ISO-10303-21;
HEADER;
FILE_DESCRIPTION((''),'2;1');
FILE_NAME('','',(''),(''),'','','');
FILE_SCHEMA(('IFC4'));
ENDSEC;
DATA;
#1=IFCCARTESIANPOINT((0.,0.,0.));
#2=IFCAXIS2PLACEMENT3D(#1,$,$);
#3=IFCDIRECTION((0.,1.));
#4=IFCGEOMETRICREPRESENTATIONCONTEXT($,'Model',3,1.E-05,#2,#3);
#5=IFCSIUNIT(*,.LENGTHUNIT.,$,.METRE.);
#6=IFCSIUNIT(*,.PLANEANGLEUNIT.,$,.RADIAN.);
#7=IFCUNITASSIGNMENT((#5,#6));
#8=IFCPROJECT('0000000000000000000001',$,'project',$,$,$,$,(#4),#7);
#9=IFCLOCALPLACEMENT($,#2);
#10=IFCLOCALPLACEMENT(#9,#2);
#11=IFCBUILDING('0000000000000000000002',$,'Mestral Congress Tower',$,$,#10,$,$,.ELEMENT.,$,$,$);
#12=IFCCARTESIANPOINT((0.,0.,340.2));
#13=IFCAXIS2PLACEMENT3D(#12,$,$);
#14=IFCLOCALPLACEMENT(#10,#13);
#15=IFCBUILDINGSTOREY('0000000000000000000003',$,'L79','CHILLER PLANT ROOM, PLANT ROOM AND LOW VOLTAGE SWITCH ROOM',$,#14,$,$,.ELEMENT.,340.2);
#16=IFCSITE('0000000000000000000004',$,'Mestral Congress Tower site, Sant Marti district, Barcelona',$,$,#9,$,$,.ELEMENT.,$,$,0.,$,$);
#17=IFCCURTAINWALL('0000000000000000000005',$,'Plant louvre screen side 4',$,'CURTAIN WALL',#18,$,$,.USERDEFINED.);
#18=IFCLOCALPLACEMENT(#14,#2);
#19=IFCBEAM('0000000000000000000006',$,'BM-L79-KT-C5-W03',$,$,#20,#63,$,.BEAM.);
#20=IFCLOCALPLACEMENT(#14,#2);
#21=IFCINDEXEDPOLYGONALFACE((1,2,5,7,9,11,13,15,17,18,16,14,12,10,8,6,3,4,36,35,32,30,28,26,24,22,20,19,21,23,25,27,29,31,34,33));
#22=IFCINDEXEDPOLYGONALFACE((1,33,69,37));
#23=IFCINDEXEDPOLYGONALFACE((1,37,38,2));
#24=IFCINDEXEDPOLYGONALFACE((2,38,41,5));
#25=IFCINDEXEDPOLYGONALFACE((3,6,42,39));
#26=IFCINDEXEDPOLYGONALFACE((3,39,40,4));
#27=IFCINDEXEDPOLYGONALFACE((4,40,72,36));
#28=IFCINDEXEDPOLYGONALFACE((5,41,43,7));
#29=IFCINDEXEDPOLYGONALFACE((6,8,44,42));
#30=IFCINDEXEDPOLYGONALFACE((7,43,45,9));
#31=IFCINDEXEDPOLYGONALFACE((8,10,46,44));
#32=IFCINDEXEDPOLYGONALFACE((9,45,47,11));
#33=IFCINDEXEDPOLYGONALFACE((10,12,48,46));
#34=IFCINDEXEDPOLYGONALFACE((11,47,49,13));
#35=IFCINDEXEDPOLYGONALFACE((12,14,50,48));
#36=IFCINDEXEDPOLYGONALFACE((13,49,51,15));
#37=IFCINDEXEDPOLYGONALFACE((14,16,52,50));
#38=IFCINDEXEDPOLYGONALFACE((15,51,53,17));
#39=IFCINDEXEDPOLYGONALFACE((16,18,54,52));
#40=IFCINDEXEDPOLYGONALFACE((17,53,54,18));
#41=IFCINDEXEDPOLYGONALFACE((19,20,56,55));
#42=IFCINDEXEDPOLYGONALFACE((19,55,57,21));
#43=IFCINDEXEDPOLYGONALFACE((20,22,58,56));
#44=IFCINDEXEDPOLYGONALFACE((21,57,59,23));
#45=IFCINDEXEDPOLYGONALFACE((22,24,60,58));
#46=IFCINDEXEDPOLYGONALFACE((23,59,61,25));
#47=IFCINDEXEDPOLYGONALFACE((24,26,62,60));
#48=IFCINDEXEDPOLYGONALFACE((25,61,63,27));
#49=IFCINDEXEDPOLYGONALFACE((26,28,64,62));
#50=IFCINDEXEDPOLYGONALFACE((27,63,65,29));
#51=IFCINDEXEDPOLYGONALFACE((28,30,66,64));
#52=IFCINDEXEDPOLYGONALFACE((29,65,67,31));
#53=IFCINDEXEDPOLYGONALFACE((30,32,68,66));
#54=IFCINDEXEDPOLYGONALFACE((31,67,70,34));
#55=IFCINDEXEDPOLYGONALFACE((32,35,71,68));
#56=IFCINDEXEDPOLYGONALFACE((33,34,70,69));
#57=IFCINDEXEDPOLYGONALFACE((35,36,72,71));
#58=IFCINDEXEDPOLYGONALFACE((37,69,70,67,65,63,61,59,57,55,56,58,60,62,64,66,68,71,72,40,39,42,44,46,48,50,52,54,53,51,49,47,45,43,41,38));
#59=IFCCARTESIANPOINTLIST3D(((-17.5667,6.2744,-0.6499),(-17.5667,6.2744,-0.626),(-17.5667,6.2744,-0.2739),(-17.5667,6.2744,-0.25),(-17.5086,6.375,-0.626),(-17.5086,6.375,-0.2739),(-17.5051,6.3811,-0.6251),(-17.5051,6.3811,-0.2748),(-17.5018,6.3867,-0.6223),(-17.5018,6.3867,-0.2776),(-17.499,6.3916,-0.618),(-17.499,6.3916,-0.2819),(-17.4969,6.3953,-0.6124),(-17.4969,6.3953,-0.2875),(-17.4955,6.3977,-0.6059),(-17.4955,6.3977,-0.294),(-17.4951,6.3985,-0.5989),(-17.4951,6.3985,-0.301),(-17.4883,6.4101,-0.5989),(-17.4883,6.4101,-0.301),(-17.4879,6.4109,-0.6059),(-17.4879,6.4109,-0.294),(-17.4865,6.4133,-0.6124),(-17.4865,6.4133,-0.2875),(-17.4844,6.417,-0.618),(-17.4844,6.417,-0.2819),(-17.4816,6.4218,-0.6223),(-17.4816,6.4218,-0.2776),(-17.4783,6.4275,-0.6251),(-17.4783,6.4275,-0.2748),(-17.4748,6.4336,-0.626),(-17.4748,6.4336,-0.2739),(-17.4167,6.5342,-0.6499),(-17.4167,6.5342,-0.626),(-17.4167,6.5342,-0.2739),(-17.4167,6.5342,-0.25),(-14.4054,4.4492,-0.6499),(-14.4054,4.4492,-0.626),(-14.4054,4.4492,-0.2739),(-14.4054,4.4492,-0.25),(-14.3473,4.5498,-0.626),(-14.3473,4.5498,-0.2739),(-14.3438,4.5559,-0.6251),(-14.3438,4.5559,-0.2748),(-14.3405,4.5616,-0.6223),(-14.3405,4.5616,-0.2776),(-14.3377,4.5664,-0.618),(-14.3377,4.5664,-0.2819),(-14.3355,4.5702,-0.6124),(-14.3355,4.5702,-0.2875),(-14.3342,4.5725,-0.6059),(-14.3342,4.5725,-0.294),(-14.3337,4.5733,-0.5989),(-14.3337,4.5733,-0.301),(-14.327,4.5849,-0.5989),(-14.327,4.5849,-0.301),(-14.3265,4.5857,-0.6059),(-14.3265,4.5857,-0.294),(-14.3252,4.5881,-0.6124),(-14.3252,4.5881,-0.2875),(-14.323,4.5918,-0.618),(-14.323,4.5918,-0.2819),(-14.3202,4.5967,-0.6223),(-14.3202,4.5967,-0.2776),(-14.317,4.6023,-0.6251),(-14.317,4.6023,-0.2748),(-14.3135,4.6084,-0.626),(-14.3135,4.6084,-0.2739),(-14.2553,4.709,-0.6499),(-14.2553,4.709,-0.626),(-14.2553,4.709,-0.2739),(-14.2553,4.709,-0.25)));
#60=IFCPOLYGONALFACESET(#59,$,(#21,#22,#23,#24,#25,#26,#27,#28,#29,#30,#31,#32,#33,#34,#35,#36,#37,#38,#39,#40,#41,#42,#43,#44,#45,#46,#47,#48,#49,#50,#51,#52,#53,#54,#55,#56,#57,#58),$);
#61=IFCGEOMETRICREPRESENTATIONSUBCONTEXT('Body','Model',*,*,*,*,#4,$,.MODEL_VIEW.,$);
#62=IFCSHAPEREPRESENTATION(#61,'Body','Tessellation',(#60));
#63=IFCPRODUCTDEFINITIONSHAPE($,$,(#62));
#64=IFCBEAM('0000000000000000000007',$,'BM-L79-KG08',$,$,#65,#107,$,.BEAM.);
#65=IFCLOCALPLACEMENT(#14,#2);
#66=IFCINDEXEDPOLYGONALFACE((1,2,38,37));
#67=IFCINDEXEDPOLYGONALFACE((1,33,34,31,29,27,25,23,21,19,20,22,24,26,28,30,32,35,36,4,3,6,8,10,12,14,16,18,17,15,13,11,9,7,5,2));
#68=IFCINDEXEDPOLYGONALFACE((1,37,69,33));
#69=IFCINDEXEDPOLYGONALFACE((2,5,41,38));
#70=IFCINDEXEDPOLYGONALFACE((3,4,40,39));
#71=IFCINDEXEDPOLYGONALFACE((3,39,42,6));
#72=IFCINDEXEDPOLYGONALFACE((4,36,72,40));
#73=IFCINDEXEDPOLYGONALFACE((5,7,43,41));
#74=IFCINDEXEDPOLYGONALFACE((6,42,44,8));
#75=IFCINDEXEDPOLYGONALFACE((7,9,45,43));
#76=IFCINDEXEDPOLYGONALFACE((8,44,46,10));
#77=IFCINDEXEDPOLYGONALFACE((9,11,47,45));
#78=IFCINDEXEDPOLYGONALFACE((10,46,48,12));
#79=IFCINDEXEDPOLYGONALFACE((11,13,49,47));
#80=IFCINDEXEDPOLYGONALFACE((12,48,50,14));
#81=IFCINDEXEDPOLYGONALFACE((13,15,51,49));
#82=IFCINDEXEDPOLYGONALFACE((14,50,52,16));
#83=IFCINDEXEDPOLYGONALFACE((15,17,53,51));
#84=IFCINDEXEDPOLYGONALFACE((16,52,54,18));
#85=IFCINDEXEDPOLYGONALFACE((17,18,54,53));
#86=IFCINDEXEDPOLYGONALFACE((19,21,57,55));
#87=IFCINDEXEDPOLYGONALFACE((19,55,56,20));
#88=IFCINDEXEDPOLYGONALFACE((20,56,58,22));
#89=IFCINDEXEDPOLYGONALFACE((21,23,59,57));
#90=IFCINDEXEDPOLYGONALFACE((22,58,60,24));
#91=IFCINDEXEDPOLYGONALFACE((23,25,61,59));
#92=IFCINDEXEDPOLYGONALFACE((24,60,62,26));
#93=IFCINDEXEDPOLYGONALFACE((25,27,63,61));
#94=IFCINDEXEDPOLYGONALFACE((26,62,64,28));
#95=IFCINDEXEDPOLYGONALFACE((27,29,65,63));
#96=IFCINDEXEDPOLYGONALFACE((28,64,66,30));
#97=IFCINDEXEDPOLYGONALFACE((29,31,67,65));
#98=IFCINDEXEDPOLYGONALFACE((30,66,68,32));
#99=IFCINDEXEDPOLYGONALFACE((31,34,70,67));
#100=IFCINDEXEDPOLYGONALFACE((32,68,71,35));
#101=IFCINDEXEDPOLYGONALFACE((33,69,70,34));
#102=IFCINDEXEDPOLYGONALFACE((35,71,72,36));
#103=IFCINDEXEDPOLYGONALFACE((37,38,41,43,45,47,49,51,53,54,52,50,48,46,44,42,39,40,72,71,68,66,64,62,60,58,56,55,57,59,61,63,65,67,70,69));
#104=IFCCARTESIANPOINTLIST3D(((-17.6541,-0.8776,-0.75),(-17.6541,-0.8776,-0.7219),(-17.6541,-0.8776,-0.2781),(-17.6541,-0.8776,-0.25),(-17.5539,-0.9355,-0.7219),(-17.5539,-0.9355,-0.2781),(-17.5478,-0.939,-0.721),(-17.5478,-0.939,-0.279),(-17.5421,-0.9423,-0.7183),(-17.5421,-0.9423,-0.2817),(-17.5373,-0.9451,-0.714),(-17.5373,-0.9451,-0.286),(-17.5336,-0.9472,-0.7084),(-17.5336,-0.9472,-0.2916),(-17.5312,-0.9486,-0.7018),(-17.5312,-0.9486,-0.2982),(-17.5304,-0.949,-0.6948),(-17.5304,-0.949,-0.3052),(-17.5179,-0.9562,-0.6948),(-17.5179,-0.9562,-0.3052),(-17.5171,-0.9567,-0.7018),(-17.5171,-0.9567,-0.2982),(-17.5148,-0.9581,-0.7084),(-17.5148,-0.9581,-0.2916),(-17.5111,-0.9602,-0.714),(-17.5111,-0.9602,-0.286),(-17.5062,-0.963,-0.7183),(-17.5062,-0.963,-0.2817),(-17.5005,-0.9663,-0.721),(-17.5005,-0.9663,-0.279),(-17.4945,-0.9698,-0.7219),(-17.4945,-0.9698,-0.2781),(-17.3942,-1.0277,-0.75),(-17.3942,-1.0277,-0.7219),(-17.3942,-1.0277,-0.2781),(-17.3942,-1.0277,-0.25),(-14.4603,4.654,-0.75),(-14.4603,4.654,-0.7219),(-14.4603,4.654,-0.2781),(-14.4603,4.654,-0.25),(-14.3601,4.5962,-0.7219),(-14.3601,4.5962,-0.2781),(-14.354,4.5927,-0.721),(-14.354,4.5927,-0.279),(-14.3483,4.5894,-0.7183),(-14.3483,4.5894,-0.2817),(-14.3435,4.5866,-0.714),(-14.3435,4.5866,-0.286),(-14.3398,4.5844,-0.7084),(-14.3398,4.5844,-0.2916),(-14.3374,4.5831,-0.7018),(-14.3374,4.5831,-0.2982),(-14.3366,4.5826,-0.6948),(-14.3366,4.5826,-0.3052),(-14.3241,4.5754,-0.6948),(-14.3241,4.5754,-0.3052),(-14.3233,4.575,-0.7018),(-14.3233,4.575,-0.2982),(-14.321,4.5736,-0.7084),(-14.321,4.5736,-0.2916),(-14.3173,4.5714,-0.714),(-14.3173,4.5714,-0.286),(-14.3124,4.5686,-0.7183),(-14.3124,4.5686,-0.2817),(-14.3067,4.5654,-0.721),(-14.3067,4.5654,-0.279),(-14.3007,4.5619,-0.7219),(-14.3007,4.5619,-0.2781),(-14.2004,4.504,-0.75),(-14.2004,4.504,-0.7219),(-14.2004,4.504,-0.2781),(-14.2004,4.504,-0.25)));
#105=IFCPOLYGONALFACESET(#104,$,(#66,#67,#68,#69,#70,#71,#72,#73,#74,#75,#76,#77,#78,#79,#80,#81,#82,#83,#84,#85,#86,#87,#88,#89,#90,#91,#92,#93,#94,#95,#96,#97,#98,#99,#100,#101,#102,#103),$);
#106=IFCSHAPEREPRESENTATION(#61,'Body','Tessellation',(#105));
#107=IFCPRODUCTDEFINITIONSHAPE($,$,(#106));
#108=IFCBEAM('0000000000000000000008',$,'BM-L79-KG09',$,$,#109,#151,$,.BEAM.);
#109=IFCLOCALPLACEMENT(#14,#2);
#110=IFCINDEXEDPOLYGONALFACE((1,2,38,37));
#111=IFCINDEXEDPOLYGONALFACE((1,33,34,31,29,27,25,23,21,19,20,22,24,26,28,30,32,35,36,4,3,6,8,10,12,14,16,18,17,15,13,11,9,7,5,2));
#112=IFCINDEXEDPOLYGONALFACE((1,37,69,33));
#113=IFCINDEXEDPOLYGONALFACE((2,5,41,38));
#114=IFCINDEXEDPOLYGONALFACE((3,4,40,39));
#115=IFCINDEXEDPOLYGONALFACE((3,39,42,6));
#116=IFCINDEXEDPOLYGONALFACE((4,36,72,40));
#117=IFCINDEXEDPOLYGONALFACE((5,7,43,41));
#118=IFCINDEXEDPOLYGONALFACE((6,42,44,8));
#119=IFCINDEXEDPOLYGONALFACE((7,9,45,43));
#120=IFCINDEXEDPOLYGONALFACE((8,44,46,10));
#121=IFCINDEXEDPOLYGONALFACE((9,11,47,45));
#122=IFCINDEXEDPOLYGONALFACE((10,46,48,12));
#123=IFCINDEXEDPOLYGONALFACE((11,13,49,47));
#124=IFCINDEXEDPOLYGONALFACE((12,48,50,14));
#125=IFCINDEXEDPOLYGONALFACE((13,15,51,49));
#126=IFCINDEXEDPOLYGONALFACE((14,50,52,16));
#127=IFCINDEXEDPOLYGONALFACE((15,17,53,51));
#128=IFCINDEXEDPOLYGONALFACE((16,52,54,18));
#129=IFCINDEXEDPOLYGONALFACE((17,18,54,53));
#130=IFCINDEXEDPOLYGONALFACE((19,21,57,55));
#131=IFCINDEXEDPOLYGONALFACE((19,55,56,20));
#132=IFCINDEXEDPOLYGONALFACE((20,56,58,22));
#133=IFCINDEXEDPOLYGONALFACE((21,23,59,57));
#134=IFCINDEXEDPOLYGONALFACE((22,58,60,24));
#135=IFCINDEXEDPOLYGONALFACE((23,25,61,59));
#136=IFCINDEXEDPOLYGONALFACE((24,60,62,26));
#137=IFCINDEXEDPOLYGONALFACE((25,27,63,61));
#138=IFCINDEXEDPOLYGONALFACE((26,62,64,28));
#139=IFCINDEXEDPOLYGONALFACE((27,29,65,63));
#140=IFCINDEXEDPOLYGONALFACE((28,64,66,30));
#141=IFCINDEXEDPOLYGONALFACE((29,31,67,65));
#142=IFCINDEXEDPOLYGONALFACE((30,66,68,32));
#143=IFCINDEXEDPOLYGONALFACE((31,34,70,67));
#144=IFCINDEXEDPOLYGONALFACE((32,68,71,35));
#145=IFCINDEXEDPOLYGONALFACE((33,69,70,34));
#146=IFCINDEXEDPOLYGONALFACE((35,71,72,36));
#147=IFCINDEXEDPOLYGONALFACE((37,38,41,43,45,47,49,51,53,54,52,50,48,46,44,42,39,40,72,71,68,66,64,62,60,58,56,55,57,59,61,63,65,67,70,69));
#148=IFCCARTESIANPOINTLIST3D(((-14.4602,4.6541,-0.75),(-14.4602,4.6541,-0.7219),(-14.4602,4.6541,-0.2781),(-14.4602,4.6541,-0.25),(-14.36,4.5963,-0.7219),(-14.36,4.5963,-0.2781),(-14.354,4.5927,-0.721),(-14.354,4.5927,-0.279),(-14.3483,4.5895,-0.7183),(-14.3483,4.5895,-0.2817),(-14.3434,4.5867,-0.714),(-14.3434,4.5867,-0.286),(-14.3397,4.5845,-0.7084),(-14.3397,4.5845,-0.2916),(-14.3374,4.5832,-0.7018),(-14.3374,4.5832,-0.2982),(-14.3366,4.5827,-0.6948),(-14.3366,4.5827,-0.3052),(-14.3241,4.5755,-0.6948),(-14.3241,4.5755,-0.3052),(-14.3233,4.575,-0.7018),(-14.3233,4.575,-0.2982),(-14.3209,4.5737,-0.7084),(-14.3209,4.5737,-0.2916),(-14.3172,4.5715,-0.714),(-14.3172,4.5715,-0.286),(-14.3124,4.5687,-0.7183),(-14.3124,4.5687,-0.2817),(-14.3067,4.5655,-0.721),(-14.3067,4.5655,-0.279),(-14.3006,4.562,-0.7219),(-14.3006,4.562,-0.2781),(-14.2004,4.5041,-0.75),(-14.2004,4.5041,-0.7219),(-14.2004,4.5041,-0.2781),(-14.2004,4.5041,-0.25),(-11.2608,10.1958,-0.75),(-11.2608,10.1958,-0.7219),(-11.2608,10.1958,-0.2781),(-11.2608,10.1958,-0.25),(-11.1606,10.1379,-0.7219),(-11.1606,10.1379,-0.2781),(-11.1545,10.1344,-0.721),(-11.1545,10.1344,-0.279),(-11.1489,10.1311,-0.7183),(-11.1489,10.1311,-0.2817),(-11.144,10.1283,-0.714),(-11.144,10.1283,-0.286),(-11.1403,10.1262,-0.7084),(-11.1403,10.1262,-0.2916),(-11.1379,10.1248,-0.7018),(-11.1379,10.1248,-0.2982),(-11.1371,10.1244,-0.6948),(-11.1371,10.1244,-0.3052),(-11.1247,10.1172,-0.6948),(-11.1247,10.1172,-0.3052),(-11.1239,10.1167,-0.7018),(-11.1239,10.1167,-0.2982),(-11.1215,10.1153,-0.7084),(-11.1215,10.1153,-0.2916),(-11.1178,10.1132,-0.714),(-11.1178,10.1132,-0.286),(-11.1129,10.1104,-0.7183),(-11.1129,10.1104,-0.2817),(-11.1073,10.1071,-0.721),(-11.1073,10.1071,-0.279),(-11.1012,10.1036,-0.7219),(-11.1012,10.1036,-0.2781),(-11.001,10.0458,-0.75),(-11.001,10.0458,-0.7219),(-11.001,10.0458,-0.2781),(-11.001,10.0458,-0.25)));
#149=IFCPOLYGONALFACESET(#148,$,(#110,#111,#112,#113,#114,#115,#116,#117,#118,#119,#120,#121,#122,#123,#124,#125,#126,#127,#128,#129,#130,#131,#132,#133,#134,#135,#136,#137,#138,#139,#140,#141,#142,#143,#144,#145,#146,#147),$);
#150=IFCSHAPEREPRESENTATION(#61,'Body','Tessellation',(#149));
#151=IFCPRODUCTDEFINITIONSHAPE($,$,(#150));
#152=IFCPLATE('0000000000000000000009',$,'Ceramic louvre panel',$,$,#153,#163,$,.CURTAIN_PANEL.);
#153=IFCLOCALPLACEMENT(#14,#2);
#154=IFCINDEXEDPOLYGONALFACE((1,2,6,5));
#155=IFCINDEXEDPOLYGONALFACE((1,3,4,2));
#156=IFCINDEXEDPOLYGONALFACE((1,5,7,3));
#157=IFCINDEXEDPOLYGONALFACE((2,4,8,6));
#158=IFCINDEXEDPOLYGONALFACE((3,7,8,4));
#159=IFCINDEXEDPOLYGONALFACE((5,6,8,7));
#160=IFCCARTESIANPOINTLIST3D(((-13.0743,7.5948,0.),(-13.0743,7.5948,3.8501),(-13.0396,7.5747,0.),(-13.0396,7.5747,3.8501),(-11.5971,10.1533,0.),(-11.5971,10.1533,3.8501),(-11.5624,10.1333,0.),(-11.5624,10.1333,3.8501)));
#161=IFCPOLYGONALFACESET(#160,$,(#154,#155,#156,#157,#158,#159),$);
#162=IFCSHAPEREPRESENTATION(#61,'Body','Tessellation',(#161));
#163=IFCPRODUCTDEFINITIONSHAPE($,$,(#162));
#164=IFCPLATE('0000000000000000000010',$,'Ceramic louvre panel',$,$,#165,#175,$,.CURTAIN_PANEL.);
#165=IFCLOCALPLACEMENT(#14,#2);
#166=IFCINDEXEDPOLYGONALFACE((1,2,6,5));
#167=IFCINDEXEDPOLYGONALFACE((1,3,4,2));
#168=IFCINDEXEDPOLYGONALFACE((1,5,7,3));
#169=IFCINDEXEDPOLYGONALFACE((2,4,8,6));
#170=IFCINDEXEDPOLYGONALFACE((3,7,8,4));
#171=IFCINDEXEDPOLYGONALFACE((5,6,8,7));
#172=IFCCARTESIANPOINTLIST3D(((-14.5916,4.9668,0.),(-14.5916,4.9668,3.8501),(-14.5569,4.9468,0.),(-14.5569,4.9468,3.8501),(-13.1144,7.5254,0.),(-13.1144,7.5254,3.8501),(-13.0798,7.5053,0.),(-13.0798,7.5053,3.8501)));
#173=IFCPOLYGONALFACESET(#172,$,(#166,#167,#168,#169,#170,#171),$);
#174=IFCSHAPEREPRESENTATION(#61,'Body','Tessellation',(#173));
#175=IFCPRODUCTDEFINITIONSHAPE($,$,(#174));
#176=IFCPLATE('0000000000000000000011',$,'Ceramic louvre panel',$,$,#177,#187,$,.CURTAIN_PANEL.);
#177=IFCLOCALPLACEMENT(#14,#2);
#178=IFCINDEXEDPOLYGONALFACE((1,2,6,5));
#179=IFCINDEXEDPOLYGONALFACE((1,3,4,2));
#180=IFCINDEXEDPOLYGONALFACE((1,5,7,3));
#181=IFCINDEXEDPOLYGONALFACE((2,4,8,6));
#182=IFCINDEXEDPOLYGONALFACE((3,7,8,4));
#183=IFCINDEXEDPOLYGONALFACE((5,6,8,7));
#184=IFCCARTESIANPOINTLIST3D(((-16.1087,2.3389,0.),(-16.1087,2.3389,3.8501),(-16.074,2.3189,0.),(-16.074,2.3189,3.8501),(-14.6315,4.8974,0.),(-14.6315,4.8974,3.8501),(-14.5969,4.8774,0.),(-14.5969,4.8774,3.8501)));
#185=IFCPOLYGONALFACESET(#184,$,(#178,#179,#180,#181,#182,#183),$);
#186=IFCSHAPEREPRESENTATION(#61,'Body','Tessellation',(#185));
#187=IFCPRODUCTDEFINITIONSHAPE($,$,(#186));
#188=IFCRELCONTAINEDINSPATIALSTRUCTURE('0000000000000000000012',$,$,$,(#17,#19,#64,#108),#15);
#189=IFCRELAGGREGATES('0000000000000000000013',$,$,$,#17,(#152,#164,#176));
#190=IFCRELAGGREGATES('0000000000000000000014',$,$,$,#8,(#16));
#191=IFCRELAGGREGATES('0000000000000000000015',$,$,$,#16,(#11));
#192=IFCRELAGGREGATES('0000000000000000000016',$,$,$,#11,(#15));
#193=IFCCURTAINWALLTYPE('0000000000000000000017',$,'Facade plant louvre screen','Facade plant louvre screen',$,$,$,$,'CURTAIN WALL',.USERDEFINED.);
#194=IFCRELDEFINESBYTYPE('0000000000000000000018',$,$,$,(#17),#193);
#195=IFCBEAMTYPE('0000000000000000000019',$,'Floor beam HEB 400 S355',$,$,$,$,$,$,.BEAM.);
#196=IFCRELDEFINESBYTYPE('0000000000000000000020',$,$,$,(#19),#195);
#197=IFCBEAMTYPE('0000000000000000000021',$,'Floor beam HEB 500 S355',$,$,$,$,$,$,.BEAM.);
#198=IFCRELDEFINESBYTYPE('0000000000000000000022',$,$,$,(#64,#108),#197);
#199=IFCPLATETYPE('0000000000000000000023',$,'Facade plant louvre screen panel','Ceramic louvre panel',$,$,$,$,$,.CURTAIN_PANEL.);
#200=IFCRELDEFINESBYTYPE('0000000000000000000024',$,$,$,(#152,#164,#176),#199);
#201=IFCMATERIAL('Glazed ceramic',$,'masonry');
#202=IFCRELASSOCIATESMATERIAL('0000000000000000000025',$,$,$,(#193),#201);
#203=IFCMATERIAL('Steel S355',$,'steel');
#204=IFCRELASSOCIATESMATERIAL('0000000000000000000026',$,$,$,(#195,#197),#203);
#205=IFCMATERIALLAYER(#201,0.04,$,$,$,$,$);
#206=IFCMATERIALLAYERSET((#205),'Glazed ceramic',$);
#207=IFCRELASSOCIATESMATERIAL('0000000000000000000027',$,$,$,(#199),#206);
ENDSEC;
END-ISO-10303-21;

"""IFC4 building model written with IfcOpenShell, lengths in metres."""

from ifc_helpers import new_model, si_unit, direction, frame, origin, origin_2d, place, context, subcontext, project, spatial, rectangle, i_section, extrude, material, layer, layer_set, material_profile, profile_set, type_object, element, aggregate, save


model = new_model("IFC4")

# Units and contexts
model_context = context("Model", 3, precision=1e-05, world=origin(), true_north=direction((0.0, 1.0)))
body_context = subcontext(model_context, "Body", "Model", "MODEL_VIEW")
ifc_project = project(units=[si_unit("LENGTHUNIT", "METRE"), si_unit("PLANEANGLEUNIT", "RADIAN")], contexts=[model_context])

# Site, building, storey
site_placement = place(None, origin())
site = spatial("IfcSite", under=ifc_project, at=site_placement, Name="Mestral Congress Tower site, Sant Marti district, Barcelona", CompositionType="ELEMENT", RefElevation=0.0)
building_placement = place(site_placement, origin())
building = spatial("IfcBuilding", under=site, at=building_placement, Name="Mestral Congress Tower", CompositionType="ELEMENT")
storey_placement = place(building_placement, frame((0.0, 0.0, 340.2)))
storey = spatial("IfcBuildingStorey", under=building, at=storey_placement, Name="L79", Description="CHILLER PLANT ROOM, PLANT ROOM AND LOW VOLTAGE SWITCH ROOM", CompositionType="ELEMENT", Elevation=340.2)

# Shared definitions
ifc_material_1 = material(Name="Steel S355", Category="steel")

# Curtain wall
ifc_material_2 = material(Name="Glazed ceramic", Category="masonry")
curtain_wall_type = type_object("IfcCurtainWallType", Name="Facade plant louvre screen", Description="Facade plant louvre screen", ElementType="CURTAIN WALL", PredefinedType="USERDEFINED", material=ifc_material_2)
curtain_wall_placement = place(storey_placement, origin())
curtain_wall = element("IfcCurtainWall", 1, at=curtain_wall_placement, inside=storey, type_object=curtain_wall_type, Name="Plant louvre screen side 4", ObjectType="CURTAIN WALL", PredefinedType="USERDEFINED")

# Beams
ifc_material_profile_1 = material_profile(ifc_material_1, i_section(OverallWidth=0.3, OverallDepth=0.3999, WebThickness=0.0134, FlangeThickness=0.0239, FilletRadius=0.0271, at=origin_2d()), Name="HEB 400")
ifc_profile_set_1 = profile_set([ifc_material_profile_1], Name="Steel S355")
beam_type_1 = type_object("IfcBeamType", Name="Floor beam HEB 400 S355", PredefinedType="BEAM", material=ifc_profile_set_1)
beam_1_placement = place(storey_placement, frame((-17.4917, 6.4043, -0.45), z_axis=(0.866029, -0.499995, 0.0), x_axis=(0.499995, 0.866029, 0.0)))
element("IfcBeam", 2, at=beam_1_placement, inside=storey, type_object=beam_type_1, Name="BM-L79-KT-C5-W03", PredefinedType="BEAM", context=body_context, shape_type="SweptSolid", body=[
    extrude(i_section(OverallWidth=0.3, OverallDepth=0.3999, WebThickness=0.0134, FlangeThickness=0.0239, FilletRadius=0.0271, at=origin_2d()), origin(), (0.0, 0.0, 1.0), 3.6504),
])
ifc_material_profile_2 = material_profile(ifc_material_1, i_section(OverallWidth=0.3, OverallDepth=0.5, WebThickness=0.0144, FlangeThickness=0.0281, FilletRadius=0.0271, at=origin_2d()), Name="HEB 500")
ifc_profile_set_2 = profile_set([ifc_material_profile_2], Name="Steel S355")
beam_type_2 = type_object("IfcBeamType", Name="Floor beam HEB 500 S355", PredefinedType="BEAM", material=ifc_profile_set_2)
beam_2_placement = place(storey_placement, frame((-17.5242, -0.9526, -0.5), z_axis=(0.500011, 0.866019, 0.0), x_axis=(-0.866019, 0.500011, 0.0)))
element("IfcBeam", 3, at=beam_2_placement, inside=storey, type_object=beam_type_2, Name="BM-L79-KG08", PredefinedType="BEAM", context=body_context, shape_type="SweptSolid", body=[
    extrude(i_section(OverallWidth=0.3, OverallDepth=0.5, WebThickness=0.0144, FlangeThickness=0.0281, FilletRadius=0.0271, at=origin_2d()), origin(), (0.0, 0.0, 1.0), 6.3875),
])
beam_3_placement = place(storey_placement, frame((-14.3303, 4.5791, -0.5), z_axis=(0.499992, 0.86603, 0.0), x_axis=(-0.86603, 0.499992, 0.0)))
element("IfcBeam", 4, at=beam_3_placement, inside=storey, type_object=beam_type_2, Name="BM-L79-KG09", PredefinedType="BEAM", context=body_context, shape_type="SweptSolid", body=[
    extrude(i_section(OverallWidth=0.3, OverallDepth=0.5, WebThickness=0.0144, FlangeThickness=0.0281, FilletRadius=0.0271, at=origin_2d()), origin(), (0.0, 0.0, 1.0), 6.3989),
])

# Plates
ifc_layer_1 = layer(ifc_material_2, 0.04)
ifc_layer_set_1 = layer_set([ifc_layer_1], Name="Glazed ceramic")
plate_type = type_object("IfcPlateType", Name="Facade plant louvre screen panel", Description="Ceramic louvre panel", PredefinedType="CURTAIN_PANEL", material=ifc_layer_set_1)
plate_1_placement = place(storey_placement, frame((-12.3184, 8.864, 0.0), z_axis=(0.0, 0.0, 1.0), x_axis=(-0.500002, -0.866025, 0.0)))
plate_1 = element("IfcPlate", 5, at=plate_1_placement, type_object=plate_type, Name="Ceramic louvre panel", PredefinedType="CURTAIN_PANEL", context=body_context, shape_type="SweptSolid", body=[
    extrude(rectangle(XDim=2.9543, YDim=0.04, at=origin_2d()), origin(), (0.0, 0.0, 1.0), 3.8501),
])
plate_2_placement = place(storey_placement, frame((-13.8357, 6.2361, 0.0), z_axis=(0.0, 0.0, 1.0), x_axis=(-0.500002, -0.866025, 0.0)))
plate_2 = element("IfcPlate", 6, at=plate_2_placement, type_object=plate_type, Name="Ceramic louvre panel", PredefinedType="CURTAIN_PANEL", context=body_context, shape_type="SweptSolid", body=[
    extrude(rectangle(XDim=2.9543, YDim=0.04, at=origin_2d()), origin(), (0.0, 0.0, 1.0), 3.8501),
])
plate_3_placement = place(storey_placement, frame((-15.3528, 3.6082, 0.0), z_axis=(0.0, 0.0, 1.0), x_axis=(-0.500002, -0.866025, 0.0)))
plate_3 = element("IfcPlate", 7, at=plate_3_placement, type_object=plate_type, Name="Ceramic louvre panel", PredefinedType="CURTAIN_PANEL", context=body_context, shape_type="SweptSolid", body=[
    extrude(rectangle(XDim=2.9543, YDim=0.04, at=origin_2d()), origin(), (0.0, 0.0, 1.0), 3.8501),
])
aggregate(curtain_wall, [plate_1, plate_2, plate_3])

save(model, "model.ifc")
